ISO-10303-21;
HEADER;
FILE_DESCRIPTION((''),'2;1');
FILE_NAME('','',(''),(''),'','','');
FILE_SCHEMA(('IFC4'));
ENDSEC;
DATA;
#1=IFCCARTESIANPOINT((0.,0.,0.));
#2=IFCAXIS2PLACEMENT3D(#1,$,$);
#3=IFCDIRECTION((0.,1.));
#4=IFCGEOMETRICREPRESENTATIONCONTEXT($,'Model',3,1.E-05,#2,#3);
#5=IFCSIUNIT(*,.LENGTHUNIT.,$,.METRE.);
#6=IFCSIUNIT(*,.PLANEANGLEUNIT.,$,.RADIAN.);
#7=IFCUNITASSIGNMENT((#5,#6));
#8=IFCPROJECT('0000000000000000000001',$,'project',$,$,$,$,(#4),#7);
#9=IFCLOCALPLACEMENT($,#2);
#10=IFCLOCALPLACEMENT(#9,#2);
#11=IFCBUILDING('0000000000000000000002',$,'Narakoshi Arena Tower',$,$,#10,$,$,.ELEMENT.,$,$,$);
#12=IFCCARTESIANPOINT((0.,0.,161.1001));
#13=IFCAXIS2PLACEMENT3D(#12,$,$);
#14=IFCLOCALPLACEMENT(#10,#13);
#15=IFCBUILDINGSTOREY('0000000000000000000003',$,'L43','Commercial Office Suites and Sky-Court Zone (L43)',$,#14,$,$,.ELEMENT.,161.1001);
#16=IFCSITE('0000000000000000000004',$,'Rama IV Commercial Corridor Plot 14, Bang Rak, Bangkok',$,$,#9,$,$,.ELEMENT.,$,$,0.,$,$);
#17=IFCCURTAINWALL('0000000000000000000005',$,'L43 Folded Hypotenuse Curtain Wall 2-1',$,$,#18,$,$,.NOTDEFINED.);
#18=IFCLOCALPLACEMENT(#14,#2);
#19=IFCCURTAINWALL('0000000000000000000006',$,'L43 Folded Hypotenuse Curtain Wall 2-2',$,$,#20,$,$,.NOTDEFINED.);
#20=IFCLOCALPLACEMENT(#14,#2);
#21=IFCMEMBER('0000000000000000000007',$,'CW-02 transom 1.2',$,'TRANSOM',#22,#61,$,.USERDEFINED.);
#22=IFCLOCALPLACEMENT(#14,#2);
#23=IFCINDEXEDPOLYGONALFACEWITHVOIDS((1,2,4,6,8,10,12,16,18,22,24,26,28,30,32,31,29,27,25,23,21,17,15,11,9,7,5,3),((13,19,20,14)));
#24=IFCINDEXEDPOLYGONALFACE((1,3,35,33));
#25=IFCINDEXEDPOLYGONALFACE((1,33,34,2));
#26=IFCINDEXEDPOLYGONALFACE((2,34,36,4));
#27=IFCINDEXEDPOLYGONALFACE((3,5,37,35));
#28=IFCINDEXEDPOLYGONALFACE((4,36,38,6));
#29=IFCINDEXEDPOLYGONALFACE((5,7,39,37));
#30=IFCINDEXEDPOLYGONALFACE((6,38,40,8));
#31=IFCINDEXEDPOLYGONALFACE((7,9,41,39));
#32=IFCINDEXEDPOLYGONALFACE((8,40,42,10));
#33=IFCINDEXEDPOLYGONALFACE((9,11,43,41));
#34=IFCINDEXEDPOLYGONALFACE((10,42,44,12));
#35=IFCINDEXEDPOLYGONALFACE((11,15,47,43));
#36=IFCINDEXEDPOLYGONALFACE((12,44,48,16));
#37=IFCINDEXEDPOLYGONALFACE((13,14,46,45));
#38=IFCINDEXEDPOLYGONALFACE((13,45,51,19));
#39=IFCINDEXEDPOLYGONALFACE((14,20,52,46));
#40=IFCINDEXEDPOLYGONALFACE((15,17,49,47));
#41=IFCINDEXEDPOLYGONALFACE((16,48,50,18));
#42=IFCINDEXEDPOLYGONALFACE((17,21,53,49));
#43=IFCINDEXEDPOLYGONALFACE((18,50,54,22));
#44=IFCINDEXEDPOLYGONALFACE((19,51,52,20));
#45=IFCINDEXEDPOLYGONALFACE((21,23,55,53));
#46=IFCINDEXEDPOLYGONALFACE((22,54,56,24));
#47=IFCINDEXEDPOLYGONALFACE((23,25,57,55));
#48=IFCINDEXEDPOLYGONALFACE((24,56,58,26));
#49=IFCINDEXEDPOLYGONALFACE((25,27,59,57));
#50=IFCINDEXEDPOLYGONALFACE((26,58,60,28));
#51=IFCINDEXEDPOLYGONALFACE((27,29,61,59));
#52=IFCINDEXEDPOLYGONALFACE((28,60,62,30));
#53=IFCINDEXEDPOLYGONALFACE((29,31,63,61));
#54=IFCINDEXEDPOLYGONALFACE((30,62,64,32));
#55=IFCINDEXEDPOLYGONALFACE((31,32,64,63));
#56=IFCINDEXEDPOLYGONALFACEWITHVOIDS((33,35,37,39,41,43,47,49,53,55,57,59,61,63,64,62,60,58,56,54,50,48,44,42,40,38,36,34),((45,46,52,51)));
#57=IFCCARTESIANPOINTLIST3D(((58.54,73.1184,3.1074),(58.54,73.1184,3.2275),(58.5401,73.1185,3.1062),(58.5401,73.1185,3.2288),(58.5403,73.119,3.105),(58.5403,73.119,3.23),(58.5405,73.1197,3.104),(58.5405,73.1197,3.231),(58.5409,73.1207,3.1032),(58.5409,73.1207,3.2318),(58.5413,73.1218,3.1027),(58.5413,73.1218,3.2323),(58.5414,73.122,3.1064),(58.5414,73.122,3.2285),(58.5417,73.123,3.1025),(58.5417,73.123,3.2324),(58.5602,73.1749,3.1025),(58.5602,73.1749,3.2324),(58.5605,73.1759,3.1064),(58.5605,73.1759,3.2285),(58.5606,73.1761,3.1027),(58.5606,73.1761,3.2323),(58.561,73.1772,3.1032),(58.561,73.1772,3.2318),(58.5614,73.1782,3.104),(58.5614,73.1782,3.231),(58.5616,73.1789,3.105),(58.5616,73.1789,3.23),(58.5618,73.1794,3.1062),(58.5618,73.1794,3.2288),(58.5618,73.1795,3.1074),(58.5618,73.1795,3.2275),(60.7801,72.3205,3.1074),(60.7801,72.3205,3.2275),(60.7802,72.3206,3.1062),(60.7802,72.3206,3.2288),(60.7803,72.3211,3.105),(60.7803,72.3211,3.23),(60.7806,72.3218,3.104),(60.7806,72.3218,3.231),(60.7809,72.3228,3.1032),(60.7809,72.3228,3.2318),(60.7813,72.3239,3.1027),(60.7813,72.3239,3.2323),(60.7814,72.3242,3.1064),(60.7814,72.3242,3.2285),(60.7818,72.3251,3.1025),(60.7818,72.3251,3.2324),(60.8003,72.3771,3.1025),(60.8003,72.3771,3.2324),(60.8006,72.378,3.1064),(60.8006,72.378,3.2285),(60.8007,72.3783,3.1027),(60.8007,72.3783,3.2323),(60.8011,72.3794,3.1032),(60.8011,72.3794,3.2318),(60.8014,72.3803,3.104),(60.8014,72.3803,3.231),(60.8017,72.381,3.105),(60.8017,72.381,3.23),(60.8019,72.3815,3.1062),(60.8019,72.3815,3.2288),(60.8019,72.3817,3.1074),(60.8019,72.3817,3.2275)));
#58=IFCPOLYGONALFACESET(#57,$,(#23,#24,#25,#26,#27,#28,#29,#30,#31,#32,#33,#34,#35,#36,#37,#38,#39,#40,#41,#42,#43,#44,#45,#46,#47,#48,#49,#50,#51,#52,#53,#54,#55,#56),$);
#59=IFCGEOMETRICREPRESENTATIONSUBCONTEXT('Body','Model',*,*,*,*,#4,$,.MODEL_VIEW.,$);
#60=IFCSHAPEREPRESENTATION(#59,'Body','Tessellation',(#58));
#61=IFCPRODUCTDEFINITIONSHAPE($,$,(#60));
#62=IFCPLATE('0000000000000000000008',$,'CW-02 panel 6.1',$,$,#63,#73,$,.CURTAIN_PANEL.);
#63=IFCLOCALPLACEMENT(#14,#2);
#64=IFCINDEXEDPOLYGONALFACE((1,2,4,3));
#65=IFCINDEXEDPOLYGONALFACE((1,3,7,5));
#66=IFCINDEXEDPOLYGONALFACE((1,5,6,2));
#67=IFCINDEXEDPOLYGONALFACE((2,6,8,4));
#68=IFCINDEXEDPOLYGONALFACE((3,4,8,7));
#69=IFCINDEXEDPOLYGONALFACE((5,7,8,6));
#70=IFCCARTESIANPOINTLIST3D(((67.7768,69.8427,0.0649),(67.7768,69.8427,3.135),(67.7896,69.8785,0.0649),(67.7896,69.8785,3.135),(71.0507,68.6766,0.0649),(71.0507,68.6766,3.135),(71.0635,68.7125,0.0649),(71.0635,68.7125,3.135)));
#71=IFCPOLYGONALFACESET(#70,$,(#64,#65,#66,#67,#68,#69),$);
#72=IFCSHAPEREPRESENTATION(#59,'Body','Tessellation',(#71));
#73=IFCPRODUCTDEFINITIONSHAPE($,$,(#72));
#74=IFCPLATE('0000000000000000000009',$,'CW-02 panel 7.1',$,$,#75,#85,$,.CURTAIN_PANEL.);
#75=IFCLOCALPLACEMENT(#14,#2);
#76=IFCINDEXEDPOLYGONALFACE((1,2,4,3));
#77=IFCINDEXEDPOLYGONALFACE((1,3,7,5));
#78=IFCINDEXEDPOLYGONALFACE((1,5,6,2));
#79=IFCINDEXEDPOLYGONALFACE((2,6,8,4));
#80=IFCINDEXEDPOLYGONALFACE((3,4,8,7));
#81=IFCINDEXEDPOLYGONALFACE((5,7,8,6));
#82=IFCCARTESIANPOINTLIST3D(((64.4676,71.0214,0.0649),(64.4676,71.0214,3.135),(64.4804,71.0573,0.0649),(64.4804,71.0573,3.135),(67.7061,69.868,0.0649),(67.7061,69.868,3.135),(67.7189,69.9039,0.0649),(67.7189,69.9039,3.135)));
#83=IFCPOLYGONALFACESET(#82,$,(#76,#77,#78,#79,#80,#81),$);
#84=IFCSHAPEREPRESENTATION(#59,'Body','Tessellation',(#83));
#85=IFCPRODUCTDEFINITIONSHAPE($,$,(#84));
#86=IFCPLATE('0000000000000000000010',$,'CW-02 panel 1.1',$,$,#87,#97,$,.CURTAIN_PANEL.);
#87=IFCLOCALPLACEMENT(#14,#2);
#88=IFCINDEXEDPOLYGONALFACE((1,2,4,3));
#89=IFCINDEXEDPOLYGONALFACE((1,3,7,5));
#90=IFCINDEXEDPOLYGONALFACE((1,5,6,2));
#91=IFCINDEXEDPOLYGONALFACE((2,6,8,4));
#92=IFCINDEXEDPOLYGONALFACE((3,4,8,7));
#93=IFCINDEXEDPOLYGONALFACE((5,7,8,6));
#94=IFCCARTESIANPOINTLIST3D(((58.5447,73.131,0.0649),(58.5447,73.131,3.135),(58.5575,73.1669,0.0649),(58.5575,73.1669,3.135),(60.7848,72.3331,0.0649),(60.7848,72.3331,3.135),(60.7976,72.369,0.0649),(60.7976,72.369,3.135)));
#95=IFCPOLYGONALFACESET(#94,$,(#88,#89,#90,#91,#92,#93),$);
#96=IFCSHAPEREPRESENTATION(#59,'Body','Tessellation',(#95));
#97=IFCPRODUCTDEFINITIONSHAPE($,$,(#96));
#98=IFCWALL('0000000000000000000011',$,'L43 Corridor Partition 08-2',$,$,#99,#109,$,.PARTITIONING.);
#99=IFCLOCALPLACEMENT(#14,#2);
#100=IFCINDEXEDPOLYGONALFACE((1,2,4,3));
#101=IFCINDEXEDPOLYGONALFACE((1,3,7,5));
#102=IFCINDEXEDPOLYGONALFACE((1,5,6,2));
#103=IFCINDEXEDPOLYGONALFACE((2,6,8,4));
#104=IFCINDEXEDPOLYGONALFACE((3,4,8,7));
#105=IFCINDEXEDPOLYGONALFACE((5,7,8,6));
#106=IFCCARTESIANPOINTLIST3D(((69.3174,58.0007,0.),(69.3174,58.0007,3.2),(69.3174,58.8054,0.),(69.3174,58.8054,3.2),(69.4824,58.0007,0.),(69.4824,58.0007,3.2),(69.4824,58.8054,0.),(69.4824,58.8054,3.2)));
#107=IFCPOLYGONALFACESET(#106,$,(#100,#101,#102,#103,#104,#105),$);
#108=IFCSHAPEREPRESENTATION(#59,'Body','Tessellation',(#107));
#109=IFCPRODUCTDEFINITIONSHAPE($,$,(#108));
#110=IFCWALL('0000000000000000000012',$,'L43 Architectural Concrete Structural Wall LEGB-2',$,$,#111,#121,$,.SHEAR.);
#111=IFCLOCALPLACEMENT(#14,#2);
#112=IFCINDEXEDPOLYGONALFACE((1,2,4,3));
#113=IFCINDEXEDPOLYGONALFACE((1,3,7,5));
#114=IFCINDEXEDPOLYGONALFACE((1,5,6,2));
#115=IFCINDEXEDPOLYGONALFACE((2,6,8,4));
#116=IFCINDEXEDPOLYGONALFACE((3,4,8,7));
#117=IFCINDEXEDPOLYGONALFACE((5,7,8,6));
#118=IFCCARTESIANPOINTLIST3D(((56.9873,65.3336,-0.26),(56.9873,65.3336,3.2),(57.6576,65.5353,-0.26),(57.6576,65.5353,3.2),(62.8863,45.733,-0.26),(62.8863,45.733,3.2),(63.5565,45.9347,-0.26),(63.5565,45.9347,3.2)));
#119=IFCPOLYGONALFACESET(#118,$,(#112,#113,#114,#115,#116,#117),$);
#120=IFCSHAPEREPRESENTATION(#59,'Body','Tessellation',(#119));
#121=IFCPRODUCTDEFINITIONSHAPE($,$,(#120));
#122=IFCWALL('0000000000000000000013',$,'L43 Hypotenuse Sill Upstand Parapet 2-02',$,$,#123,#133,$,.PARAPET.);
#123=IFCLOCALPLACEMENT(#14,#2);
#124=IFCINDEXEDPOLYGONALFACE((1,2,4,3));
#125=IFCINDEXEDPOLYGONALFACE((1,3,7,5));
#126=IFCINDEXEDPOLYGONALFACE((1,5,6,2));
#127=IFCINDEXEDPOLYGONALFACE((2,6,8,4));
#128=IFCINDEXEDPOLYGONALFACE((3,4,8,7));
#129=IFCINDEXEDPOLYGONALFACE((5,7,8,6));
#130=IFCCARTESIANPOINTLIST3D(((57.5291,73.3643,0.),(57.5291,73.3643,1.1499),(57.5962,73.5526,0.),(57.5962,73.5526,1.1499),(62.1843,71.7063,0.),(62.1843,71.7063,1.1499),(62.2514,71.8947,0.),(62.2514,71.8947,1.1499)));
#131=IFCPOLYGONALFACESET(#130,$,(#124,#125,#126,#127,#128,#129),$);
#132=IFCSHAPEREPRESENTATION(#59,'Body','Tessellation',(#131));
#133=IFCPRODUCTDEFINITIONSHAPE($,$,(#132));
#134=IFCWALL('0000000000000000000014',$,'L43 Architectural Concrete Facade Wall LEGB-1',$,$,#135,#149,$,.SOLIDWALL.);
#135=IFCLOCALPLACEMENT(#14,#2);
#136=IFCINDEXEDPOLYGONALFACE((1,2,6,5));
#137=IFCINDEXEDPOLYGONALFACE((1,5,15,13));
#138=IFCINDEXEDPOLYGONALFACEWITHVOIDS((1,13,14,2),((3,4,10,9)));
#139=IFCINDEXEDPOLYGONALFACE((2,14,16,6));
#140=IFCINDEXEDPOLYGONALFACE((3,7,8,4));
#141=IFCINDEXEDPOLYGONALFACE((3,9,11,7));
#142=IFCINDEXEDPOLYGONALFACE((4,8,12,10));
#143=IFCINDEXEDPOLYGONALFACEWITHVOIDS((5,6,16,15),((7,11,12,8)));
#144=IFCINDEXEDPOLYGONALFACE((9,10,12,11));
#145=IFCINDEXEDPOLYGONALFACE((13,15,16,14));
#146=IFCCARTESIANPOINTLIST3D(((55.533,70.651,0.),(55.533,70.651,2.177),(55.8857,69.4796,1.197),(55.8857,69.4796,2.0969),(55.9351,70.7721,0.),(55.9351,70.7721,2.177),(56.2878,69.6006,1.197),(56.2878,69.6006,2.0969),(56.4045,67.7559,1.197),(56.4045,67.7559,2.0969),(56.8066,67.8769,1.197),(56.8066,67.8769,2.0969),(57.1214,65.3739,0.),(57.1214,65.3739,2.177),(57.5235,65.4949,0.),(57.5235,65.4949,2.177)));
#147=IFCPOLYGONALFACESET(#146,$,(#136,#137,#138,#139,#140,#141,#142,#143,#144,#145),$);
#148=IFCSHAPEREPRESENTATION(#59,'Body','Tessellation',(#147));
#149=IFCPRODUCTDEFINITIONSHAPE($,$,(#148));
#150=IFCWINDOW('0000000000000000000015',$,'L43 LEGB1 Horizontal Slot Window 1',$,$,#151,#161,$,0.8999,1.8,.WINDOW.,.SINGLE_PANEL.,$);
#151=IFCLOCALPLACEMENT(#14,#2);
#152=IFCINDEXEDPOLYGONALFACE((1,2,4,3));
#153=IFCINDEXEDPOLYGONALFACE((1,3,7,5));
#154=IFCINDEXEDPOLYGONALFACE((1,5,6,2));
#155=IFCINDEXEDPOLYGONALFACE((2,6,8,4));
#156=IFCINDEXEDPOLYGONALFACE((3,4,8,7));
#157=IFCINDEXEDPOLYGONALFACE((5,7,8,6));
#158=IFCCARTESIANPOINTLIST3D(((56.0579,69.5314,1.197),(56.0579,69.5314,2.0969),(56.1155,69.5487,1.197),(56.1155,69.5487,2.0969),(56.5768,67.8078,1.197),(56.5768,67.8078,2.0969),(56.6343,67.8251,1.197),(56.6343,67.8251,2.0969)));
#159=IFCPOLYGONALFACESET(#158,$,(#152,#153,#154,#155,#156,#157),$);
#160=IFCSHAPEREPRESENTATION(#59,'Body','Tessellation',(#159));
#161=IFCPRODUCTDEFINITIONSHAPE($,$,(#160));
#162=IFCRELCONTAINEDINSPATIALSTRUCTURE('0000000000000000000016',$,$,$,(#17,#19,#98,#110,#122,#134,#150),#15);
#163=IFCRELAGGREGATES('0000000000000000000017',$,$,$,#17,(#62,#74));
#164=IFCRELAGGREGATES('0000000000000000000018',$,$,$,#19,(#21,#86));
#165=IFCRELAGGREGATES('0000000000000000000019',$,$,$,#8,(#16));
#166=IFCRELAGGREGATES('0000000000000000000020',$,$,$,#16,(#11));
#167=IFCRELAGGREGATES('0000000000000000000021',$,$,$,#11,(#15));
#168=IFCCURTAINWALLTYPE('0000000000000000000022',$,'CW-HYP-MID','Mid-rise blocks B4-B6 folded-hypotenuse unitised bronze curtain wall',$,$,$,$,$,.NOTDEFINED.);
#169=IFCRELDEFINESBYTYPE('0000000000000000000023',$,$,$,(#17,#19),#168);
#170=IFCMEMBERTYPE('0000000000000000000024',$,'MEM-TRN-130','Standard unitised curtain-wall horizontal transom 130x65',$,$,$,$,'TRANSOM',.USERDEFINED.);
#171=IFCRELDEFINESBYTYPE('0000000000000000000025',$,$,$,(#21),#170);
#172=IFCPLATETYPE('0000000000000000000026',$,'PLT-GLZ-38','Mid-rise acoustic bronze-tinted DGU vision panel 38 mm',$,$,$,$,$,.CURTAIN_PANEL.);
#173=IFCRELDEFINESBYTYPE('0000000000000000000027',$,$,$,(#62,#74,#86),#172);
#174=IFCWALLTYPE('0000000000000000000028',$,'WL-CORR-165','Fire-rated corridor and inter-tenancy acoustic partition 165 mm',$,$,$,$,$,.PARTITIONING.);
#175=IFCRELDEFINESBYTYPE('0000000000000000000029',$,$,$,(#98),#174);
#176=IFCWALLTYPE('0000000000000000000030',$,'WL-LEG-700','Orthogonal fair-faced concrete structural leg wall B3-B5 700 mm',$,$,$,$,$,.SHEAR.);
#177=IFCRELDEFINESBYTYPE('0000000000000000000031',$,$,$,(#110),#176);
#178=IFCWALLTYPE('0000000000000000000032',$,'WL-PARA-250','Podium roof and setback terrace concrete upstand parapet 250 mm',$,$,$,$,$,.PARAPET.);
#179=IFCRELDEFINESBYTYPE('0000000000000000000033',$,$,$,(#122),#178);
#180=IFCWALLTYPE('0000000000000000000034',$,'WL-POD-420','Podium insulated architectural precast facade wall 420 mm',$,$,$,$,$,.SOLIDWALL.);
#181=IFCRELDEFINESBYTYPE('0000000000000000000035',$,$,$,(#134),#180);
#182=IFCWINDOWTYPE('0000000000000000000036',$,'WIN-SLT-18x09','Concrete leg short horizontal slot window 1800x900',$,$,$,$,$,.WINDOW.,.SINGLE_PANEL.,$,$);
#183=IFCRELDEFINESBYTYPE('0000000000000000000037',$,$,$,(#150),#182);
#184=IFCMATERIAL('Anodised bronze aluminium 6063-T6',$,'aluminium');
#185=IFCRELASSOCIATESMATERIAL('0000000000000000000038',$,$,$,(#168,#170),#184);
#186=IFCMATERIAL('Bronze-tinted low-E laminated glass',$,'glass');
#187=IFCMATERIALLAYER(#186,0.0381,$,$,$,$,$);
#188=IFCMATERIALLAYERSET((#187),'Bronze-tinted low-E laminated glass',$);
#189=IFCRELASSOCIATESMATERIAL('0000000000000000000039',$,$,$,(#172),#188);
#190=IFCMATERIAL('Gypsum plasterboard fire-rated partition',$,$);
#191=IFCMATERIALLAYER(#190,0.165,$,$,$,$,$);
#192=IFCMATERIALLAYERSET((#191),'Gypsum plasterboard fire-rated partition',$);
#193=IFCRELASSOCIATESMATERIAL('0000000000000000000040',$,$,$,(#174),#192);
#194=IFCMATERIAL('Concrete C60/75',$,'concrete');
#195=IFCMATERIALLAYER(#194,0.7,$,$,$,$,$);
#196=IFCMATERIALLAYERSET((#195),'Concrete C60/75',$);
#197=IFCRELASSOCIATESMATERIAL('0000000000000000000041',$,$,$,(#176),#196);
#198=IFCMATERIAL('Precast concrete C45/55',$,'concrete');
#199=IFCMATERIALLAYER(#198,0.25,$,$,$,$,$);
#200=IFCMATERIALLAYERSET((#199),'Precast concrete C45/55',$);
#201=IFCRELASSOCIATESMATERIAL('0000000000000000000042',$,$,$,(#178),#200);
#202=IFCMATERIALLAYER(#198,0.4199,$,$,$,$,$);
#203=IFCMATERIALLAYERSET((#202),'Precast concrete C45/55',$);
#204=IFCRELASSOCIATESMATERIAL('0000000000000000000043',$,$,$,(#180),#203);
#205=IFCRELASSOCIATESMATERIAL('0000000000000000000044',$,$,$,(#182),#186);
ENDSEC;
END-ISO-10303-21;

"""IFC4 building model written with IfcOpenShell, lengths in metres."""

from ifc_helpers import new_model, si_unit, direction, frame, frame_2d, origin, origin_2d, place, context, subcontext, project, spatial, rectangle, hollow_rectangle, extrude, material, layer, layer_set, material_profile, profile_set, type_object, element, fill, aggregate, save


model = new_model("IFC4")

# Units and contexts
model_context = context("Model", 3, precision=1e-05, world=origin(), true_north=direction((0.0, 1.0)))
body_context = subcontext(model_context, "Body", "Model", "MODEL_VIEW")
ifc_project = project(units=[si_unit("LENGTHUNIT", "METRE"), si_unit("PLANEANGLEUNIT", "RADIAN")], contexts=[model_context])

# Site, building, storey
site_placement = place(None, origin())
site = spatial("IfcSite", under=ifc_project, at=site_placement, Name="Rama IV Commercial Corridor Plot 14, Bang Rak, Bangkok", CompositionType="ELEMENT", RefElevation=0.0)
building_placement = place(site_placement, origin())
building = spatial("IfcBuilding", under=site, at=building_placement, Name="Narakoshi Arena Tower", CompositionType="ELEMENT")
storey_placement = place(building_placement, frame((0.0, 0.0, 161.1001)))
storey = spatial("IfcBuildingStorey", under=building, at=storey_placement, Name="L43", Description="Commercial Office Suites and Sky-Court Zone (L43)", CompositionType="ELEMENT", Elevation=161.1001)

# Shared definitions
ifc_material_1 = material(Name="Concrete C60/75", Category="concrete")

# Curtain walls
ifc_material_2 = material(Name="Anodised bronze aluminium 6063-T6", Category="aluminium")
curtain_wall_type = type_object("IfcCurtainWallType", Name="CW-HYP-MID", Description="Mid-rise blocks B4-B6 folded-hypotenuse unitised bronze curtain wall", PredefinedType="NOTDEFINED", material=ifc_material_2)
curtain_wall_1_placement = place(storey_placement, origin())
curtain_wall_1 = element("IfcCurtainWall", 1, at=curtain_wall_1_placement, inside=storey, type_object=curtain_wall_type, Name="L43 Folded Hypotenuse Curtain Wall 2-1", PredefinedType="NOTDEFINED")
curtain_wall_2_placement = place(storey_placement, origin())
curtain_wall_2 = element("IfcCurtainWall", 2, at=curtain_wall_2_placement, inside=storey, type_object=curtain_wall_type, Name="L43 Folded Hypotenuse Curtain Wall 2-2", PredefinedType="NOTDEFINED")

# Member
ifc_material_profile_1 = material_profile(ifc_material_2, hollow_rectangle(XDim=0.0649, YDim=0.1299, WallThickness=0.0039, OuterFilletRadius=0.0049, at=origin_2d()), Name="TRN130x65x4")
ifc_profile_set_1 = profile_set([ifc_material_profile_1], Name="Anodised bronze aluminium 6063-T6")
member_type_1 = type_object("IfcMemberType", Name="MEM-TRN-130", Description="Standard unitised curtain-wall horizontal transom 130x65", ElementType="TRANSOM", PredefinedType="USERDEFINED", material=ifc_profile_set_1)
member_1_placement = place(storey_placement, frame((60.791, 72.3511, 3.1675), z_axis=(-0.942027, 0.335536, 0.0), x_axis=(-0.335536, -0.942027, 0.0)))
member_1 = element("IfcMember", 3, at=member_1_placement, type_object=member_type_1, Name="CW-02 transom 1.2", ObjectType="TRANSOM", PredefinedType="USERDEFINED", context=body_context, shape_type="SweptSolid", body=[
    extrude(hollow_rectangle(XDim=0.0649, YDim=0.1299, WallThickness=0.0039, OuterFilletRadius=0.0049, at=origin_2d()), origin(), (0.0, 0.0, 1.0), 2.3779),
])

# Plates
ifc_material_3 = material(Name="Bronze-tinted low-E laminated glass", Category="glass")
ifc_layer_1 = layer(ifc_material_3, 0.0381)
ifc_layer_set_1 = layer_set([ifc_layer_1], Name="Bronze-tinted low-E laminated glass")
plate_type = type_object("IfcPlateType", Name="PLT-GLZ-38", Description="Mid-rise acoustic bronze-tinted DGU vision panel 38 mm", PredefinedType="CURTAIN_PANEL", material=ifc_layer_set_1)
plate_1_placement = place(storey_placement, frame((69.4202, 69.2776, 0.0649), z_axis=(0.0, 0.0, 1.0), x_axis=(-0.942034, 0.335518, 0.0)))
plate_1 = element("IfcPlate", 4, at=plate_1_placement, type_object=plate_type, Name="CW-02 panel 6.1", PredefinedType="CURTAIN_PANEL", context=body_context, shape_type="SweptSolid", body=[
    extrude(rectangle(XDim=3.4753, YDim=0.0381, at=origin_2d()), origin(), (0.0, 0.0, 1.0), 3.0701),
])
plate_2_placement = place(storey_placement, frame((66.0933, 70.4626, 0.0649), z_axis=(0.0, 0.0, 1.0), x_axis=(-0.942034, 0.335518, 0.0)))
plate_2 = element("IfcPlate", 5, at=plate_2_placement, type_object=plate_type, Name="CW-02 panel 7.1", PredefinedType="CURTAIN_PANEL", context=body_context, shape_type="SweptSolid", body=[
    extrude(rectangle(XDim=3.4377, YDim=0.0381, at=origin_2d()), origin(), (0.0, 0.0, 1.0), 3.0701),
])
aggregate(curtain_wall_1, [plate_1, plate_2])
plate_3_placement = place(storey_placement, frame((59.6711, 72.75, 0.0649), z_axis=(0.0, 0.0, 1.0), x_axis=(-0.942025, 0.335542, 0.0)))
plate_3 = element("IfcPlate", 6, at=plate_3_placement, type_object=plate_type, Name="CW-02 panel 1.1", PredefinedType="CURTAIN_PANEL", context=body_context, shape_type="SweptSolid", body=[
    extrude(rectangle(XDim=2.3779, YDim=0.0381, at=origin_2d()), origin(), (0.0, 0.0, 1.0), 3.0701),
])
aggregate(curtain_wall_2, [member_1, plate_3])

# Walls
ifc_material_4 = material(Name="Gypsum plasterboard fire-rated partition")
ifc_layer_2 = layer(ifc_material_4, 0.165)
ifc_layer_set_2 = layer_set([ifc_layer_2], Name="Gypsum plasterboard fire-rated partition")
wall_type_1 = type_object("IfcWallType", Name="WL-CORR-165", Description="Fire-rated corridor and inter-tenancy acoustic partition 165 mm", PredefinedType="PARTITIONING", material=ifc_layer_set_2)
wall_1_placement = place(storey_placement, frame((69.3999, 58.8054, 0.0), z_axis=(0.0, 0.0, 1.0), x_axis=(0.0, -1.0, 0.0)))
element("IfcWall", 7, at=wall_1_placement, inside=storey, type_object=wall_type_1, Name="L43 Corridor Partition 08-2", PredefinedType="PARTITIONING", context=body_context, shape_type="SweptSolid", body=[
    extrude(rectangle(XDim=0.8047, YDim=0.165, at=frame_2d((0.4023, 0.0))), origin(), (0.0, 0.0, 1.0), 3.2),
])
ifc_layer_3 = layer(ifc_material_1, 0.7)
ifc_layer_set_3 = layer_set([ifc_layer_3], Name="Concrete C60/75")
wall_type_2 = type_object("IfcWallType", Name="WL-LEG-700", Description="Orthogonal fair-faced concrete structural leg wall B3-B5 700 mm", PredefinedType="SHEAR", material=ifc_layer_set_3)
wall_2_placement = place(storey_placement, frame((57.3225, 65.4343, -0.26), z_axis=(0.0, 0.0, 1.0), x_axis=(0.288188, -0.957574, 0.0)))
element("IfcWall", 8, at=wall_2_placement, inside=storey, type_object=wall_type_2, Name="L43 Architectural Concrete Structural Wall LEGB-2", PredefinedType="SHEAR", context=body_context, shape_type="SweptSolid", body=[
    extrude(rectangle(XDim=20.469, YDim=0.7, at=frame_2d((10.2344, 0.0))), origin(), (0.0, 0.0, 1.0), 3.46),
])
ifc_material_5 = material(Name="Precast concrete C45/55", Category="concrete")
ifc_layer_4 = layer(ifc_material_5, 0.25)
ifc_layer_set_4 = layer_set([ifc_layer_4], Name="Precast concrete C45/55")
wall_type_3 = type_object("IfcWallType", Name="WL-PARA-250", Description="Podium roof and setback terrace concrete upstand parapet 250 mm", PredefinedType="PARAPET", material=ifc_layer_set_4)
wall_3_placement = place(storey_placement, frame((62.2178, 71.8005, 0.0), z_axis=(0.0, 0.0, 1.0), x_axis=(-0.942039, 0.335504, 0.0)))
element("IfcWall", 9, at=wall_3_placement, inside=storey, type_object=wall_type_3, Name="L43 Hypotenuse Sill Upstand Parapet 2-02", PredefinedType="PARAPET", context=body_context, shape_type="SweptSolid", body=[
    extrude(rectangle(XDim=4.9417, YDim=0.2, at=frame_2d((2.4707, 0.0))), origin(), (0.0, 0.0, 1.0), 1.1499),
])

# Wall, opening, window
ifc_layer_5 = layer(ifc_material_5, 0.4199)
ifc_layer_set_5 = layer_set([ifc_layer_5], Name="Precast concrete C45/55")
wall_type_4 = type_object("IfcWallType", Name="WL-POD-420", Description="Podium insulated architectural precast facade wall 420 mm", PredefinedType="SOLIDWALL", material=ifc_layer_set_5)
wall_4_placement = place(storey_placement, frame((55.7341, 70.7114, 0.0), z_axis=(0.0, 0.0, 1.0), x_axis=(0.288222, -0.957564, 0.0)))
wall_4 = element("IfcWall", 10, at=wall_4_placement, inside=storey, type_object=wall_type_4, Name="L43 Architectural Concrete Facade Wall LEGB-1", PredefinedType="SOLIDWALL", context=body_context, shape_type="SweptSolid", body=[
    extrude(rectangle(XDim=5.511, YDim=0.4199, at=frame_2d((2.7554, 0.0))), origin(), (0.0, 0.0, 1.0), 2.177),
])
opening_1_placement = place(wall_4_placement, frame((1.2234, 0.0, 1.197)))
opening_1 = element("IfcOpeningElement", 11, at=opening_1_placement, cuts=wall_4, PredefinedType="OPENING", context=body_context, shape_type="SweptSolid", body=[
    extrude(rectangle(XDim=1.8, YDim=0.8999, at=frame_2d((0.8999, 0.45))), frame((0.0, 0.22, 0.0), z_axis=(0.0, -1.0, 0.0), x_axis=(1.0, 0.0, 0.0)), (0.0, 0.0, 1.0), 0.4399),
])
window_type_1 = type_object("IfcWindowType", Name="WIN-SLT-18x09", Description="Concrete leg short horizontal slot window 1800x900", PartitioningType="SINGLE_PANEL", PredefinedType="WINDOW", material=ifc_material_3)
window_1_placement = place(opening_1_placement, origin())
window_1 = element("IfcWindow", 12, at=window_1_placement, inside=storey, type_object=window_type_1, Name="L43 LEGB1 Horizontal Slot Window 1", OverallHeight=0.8999, OverallWidth=1.8, PartitioningType="SINGLE_PANEL", PredefinedType="WINDOW", context=body_context, shape_type="SweptSolid", body=[
    extrude(rectangle(XDim=1.8, YDim=0.8999, at=frame_2d((0.8999, 0.45))), frame((0.0, 0.03, 0.0), z_axis=(0.0, -1.0, 0.0), x_axis=(1.0, 0.0, 0.0)), (0.0, 0.0, 1.0), 0.0601),
])
fill(opening_1, window_1)

save(model, "model.ifc")
